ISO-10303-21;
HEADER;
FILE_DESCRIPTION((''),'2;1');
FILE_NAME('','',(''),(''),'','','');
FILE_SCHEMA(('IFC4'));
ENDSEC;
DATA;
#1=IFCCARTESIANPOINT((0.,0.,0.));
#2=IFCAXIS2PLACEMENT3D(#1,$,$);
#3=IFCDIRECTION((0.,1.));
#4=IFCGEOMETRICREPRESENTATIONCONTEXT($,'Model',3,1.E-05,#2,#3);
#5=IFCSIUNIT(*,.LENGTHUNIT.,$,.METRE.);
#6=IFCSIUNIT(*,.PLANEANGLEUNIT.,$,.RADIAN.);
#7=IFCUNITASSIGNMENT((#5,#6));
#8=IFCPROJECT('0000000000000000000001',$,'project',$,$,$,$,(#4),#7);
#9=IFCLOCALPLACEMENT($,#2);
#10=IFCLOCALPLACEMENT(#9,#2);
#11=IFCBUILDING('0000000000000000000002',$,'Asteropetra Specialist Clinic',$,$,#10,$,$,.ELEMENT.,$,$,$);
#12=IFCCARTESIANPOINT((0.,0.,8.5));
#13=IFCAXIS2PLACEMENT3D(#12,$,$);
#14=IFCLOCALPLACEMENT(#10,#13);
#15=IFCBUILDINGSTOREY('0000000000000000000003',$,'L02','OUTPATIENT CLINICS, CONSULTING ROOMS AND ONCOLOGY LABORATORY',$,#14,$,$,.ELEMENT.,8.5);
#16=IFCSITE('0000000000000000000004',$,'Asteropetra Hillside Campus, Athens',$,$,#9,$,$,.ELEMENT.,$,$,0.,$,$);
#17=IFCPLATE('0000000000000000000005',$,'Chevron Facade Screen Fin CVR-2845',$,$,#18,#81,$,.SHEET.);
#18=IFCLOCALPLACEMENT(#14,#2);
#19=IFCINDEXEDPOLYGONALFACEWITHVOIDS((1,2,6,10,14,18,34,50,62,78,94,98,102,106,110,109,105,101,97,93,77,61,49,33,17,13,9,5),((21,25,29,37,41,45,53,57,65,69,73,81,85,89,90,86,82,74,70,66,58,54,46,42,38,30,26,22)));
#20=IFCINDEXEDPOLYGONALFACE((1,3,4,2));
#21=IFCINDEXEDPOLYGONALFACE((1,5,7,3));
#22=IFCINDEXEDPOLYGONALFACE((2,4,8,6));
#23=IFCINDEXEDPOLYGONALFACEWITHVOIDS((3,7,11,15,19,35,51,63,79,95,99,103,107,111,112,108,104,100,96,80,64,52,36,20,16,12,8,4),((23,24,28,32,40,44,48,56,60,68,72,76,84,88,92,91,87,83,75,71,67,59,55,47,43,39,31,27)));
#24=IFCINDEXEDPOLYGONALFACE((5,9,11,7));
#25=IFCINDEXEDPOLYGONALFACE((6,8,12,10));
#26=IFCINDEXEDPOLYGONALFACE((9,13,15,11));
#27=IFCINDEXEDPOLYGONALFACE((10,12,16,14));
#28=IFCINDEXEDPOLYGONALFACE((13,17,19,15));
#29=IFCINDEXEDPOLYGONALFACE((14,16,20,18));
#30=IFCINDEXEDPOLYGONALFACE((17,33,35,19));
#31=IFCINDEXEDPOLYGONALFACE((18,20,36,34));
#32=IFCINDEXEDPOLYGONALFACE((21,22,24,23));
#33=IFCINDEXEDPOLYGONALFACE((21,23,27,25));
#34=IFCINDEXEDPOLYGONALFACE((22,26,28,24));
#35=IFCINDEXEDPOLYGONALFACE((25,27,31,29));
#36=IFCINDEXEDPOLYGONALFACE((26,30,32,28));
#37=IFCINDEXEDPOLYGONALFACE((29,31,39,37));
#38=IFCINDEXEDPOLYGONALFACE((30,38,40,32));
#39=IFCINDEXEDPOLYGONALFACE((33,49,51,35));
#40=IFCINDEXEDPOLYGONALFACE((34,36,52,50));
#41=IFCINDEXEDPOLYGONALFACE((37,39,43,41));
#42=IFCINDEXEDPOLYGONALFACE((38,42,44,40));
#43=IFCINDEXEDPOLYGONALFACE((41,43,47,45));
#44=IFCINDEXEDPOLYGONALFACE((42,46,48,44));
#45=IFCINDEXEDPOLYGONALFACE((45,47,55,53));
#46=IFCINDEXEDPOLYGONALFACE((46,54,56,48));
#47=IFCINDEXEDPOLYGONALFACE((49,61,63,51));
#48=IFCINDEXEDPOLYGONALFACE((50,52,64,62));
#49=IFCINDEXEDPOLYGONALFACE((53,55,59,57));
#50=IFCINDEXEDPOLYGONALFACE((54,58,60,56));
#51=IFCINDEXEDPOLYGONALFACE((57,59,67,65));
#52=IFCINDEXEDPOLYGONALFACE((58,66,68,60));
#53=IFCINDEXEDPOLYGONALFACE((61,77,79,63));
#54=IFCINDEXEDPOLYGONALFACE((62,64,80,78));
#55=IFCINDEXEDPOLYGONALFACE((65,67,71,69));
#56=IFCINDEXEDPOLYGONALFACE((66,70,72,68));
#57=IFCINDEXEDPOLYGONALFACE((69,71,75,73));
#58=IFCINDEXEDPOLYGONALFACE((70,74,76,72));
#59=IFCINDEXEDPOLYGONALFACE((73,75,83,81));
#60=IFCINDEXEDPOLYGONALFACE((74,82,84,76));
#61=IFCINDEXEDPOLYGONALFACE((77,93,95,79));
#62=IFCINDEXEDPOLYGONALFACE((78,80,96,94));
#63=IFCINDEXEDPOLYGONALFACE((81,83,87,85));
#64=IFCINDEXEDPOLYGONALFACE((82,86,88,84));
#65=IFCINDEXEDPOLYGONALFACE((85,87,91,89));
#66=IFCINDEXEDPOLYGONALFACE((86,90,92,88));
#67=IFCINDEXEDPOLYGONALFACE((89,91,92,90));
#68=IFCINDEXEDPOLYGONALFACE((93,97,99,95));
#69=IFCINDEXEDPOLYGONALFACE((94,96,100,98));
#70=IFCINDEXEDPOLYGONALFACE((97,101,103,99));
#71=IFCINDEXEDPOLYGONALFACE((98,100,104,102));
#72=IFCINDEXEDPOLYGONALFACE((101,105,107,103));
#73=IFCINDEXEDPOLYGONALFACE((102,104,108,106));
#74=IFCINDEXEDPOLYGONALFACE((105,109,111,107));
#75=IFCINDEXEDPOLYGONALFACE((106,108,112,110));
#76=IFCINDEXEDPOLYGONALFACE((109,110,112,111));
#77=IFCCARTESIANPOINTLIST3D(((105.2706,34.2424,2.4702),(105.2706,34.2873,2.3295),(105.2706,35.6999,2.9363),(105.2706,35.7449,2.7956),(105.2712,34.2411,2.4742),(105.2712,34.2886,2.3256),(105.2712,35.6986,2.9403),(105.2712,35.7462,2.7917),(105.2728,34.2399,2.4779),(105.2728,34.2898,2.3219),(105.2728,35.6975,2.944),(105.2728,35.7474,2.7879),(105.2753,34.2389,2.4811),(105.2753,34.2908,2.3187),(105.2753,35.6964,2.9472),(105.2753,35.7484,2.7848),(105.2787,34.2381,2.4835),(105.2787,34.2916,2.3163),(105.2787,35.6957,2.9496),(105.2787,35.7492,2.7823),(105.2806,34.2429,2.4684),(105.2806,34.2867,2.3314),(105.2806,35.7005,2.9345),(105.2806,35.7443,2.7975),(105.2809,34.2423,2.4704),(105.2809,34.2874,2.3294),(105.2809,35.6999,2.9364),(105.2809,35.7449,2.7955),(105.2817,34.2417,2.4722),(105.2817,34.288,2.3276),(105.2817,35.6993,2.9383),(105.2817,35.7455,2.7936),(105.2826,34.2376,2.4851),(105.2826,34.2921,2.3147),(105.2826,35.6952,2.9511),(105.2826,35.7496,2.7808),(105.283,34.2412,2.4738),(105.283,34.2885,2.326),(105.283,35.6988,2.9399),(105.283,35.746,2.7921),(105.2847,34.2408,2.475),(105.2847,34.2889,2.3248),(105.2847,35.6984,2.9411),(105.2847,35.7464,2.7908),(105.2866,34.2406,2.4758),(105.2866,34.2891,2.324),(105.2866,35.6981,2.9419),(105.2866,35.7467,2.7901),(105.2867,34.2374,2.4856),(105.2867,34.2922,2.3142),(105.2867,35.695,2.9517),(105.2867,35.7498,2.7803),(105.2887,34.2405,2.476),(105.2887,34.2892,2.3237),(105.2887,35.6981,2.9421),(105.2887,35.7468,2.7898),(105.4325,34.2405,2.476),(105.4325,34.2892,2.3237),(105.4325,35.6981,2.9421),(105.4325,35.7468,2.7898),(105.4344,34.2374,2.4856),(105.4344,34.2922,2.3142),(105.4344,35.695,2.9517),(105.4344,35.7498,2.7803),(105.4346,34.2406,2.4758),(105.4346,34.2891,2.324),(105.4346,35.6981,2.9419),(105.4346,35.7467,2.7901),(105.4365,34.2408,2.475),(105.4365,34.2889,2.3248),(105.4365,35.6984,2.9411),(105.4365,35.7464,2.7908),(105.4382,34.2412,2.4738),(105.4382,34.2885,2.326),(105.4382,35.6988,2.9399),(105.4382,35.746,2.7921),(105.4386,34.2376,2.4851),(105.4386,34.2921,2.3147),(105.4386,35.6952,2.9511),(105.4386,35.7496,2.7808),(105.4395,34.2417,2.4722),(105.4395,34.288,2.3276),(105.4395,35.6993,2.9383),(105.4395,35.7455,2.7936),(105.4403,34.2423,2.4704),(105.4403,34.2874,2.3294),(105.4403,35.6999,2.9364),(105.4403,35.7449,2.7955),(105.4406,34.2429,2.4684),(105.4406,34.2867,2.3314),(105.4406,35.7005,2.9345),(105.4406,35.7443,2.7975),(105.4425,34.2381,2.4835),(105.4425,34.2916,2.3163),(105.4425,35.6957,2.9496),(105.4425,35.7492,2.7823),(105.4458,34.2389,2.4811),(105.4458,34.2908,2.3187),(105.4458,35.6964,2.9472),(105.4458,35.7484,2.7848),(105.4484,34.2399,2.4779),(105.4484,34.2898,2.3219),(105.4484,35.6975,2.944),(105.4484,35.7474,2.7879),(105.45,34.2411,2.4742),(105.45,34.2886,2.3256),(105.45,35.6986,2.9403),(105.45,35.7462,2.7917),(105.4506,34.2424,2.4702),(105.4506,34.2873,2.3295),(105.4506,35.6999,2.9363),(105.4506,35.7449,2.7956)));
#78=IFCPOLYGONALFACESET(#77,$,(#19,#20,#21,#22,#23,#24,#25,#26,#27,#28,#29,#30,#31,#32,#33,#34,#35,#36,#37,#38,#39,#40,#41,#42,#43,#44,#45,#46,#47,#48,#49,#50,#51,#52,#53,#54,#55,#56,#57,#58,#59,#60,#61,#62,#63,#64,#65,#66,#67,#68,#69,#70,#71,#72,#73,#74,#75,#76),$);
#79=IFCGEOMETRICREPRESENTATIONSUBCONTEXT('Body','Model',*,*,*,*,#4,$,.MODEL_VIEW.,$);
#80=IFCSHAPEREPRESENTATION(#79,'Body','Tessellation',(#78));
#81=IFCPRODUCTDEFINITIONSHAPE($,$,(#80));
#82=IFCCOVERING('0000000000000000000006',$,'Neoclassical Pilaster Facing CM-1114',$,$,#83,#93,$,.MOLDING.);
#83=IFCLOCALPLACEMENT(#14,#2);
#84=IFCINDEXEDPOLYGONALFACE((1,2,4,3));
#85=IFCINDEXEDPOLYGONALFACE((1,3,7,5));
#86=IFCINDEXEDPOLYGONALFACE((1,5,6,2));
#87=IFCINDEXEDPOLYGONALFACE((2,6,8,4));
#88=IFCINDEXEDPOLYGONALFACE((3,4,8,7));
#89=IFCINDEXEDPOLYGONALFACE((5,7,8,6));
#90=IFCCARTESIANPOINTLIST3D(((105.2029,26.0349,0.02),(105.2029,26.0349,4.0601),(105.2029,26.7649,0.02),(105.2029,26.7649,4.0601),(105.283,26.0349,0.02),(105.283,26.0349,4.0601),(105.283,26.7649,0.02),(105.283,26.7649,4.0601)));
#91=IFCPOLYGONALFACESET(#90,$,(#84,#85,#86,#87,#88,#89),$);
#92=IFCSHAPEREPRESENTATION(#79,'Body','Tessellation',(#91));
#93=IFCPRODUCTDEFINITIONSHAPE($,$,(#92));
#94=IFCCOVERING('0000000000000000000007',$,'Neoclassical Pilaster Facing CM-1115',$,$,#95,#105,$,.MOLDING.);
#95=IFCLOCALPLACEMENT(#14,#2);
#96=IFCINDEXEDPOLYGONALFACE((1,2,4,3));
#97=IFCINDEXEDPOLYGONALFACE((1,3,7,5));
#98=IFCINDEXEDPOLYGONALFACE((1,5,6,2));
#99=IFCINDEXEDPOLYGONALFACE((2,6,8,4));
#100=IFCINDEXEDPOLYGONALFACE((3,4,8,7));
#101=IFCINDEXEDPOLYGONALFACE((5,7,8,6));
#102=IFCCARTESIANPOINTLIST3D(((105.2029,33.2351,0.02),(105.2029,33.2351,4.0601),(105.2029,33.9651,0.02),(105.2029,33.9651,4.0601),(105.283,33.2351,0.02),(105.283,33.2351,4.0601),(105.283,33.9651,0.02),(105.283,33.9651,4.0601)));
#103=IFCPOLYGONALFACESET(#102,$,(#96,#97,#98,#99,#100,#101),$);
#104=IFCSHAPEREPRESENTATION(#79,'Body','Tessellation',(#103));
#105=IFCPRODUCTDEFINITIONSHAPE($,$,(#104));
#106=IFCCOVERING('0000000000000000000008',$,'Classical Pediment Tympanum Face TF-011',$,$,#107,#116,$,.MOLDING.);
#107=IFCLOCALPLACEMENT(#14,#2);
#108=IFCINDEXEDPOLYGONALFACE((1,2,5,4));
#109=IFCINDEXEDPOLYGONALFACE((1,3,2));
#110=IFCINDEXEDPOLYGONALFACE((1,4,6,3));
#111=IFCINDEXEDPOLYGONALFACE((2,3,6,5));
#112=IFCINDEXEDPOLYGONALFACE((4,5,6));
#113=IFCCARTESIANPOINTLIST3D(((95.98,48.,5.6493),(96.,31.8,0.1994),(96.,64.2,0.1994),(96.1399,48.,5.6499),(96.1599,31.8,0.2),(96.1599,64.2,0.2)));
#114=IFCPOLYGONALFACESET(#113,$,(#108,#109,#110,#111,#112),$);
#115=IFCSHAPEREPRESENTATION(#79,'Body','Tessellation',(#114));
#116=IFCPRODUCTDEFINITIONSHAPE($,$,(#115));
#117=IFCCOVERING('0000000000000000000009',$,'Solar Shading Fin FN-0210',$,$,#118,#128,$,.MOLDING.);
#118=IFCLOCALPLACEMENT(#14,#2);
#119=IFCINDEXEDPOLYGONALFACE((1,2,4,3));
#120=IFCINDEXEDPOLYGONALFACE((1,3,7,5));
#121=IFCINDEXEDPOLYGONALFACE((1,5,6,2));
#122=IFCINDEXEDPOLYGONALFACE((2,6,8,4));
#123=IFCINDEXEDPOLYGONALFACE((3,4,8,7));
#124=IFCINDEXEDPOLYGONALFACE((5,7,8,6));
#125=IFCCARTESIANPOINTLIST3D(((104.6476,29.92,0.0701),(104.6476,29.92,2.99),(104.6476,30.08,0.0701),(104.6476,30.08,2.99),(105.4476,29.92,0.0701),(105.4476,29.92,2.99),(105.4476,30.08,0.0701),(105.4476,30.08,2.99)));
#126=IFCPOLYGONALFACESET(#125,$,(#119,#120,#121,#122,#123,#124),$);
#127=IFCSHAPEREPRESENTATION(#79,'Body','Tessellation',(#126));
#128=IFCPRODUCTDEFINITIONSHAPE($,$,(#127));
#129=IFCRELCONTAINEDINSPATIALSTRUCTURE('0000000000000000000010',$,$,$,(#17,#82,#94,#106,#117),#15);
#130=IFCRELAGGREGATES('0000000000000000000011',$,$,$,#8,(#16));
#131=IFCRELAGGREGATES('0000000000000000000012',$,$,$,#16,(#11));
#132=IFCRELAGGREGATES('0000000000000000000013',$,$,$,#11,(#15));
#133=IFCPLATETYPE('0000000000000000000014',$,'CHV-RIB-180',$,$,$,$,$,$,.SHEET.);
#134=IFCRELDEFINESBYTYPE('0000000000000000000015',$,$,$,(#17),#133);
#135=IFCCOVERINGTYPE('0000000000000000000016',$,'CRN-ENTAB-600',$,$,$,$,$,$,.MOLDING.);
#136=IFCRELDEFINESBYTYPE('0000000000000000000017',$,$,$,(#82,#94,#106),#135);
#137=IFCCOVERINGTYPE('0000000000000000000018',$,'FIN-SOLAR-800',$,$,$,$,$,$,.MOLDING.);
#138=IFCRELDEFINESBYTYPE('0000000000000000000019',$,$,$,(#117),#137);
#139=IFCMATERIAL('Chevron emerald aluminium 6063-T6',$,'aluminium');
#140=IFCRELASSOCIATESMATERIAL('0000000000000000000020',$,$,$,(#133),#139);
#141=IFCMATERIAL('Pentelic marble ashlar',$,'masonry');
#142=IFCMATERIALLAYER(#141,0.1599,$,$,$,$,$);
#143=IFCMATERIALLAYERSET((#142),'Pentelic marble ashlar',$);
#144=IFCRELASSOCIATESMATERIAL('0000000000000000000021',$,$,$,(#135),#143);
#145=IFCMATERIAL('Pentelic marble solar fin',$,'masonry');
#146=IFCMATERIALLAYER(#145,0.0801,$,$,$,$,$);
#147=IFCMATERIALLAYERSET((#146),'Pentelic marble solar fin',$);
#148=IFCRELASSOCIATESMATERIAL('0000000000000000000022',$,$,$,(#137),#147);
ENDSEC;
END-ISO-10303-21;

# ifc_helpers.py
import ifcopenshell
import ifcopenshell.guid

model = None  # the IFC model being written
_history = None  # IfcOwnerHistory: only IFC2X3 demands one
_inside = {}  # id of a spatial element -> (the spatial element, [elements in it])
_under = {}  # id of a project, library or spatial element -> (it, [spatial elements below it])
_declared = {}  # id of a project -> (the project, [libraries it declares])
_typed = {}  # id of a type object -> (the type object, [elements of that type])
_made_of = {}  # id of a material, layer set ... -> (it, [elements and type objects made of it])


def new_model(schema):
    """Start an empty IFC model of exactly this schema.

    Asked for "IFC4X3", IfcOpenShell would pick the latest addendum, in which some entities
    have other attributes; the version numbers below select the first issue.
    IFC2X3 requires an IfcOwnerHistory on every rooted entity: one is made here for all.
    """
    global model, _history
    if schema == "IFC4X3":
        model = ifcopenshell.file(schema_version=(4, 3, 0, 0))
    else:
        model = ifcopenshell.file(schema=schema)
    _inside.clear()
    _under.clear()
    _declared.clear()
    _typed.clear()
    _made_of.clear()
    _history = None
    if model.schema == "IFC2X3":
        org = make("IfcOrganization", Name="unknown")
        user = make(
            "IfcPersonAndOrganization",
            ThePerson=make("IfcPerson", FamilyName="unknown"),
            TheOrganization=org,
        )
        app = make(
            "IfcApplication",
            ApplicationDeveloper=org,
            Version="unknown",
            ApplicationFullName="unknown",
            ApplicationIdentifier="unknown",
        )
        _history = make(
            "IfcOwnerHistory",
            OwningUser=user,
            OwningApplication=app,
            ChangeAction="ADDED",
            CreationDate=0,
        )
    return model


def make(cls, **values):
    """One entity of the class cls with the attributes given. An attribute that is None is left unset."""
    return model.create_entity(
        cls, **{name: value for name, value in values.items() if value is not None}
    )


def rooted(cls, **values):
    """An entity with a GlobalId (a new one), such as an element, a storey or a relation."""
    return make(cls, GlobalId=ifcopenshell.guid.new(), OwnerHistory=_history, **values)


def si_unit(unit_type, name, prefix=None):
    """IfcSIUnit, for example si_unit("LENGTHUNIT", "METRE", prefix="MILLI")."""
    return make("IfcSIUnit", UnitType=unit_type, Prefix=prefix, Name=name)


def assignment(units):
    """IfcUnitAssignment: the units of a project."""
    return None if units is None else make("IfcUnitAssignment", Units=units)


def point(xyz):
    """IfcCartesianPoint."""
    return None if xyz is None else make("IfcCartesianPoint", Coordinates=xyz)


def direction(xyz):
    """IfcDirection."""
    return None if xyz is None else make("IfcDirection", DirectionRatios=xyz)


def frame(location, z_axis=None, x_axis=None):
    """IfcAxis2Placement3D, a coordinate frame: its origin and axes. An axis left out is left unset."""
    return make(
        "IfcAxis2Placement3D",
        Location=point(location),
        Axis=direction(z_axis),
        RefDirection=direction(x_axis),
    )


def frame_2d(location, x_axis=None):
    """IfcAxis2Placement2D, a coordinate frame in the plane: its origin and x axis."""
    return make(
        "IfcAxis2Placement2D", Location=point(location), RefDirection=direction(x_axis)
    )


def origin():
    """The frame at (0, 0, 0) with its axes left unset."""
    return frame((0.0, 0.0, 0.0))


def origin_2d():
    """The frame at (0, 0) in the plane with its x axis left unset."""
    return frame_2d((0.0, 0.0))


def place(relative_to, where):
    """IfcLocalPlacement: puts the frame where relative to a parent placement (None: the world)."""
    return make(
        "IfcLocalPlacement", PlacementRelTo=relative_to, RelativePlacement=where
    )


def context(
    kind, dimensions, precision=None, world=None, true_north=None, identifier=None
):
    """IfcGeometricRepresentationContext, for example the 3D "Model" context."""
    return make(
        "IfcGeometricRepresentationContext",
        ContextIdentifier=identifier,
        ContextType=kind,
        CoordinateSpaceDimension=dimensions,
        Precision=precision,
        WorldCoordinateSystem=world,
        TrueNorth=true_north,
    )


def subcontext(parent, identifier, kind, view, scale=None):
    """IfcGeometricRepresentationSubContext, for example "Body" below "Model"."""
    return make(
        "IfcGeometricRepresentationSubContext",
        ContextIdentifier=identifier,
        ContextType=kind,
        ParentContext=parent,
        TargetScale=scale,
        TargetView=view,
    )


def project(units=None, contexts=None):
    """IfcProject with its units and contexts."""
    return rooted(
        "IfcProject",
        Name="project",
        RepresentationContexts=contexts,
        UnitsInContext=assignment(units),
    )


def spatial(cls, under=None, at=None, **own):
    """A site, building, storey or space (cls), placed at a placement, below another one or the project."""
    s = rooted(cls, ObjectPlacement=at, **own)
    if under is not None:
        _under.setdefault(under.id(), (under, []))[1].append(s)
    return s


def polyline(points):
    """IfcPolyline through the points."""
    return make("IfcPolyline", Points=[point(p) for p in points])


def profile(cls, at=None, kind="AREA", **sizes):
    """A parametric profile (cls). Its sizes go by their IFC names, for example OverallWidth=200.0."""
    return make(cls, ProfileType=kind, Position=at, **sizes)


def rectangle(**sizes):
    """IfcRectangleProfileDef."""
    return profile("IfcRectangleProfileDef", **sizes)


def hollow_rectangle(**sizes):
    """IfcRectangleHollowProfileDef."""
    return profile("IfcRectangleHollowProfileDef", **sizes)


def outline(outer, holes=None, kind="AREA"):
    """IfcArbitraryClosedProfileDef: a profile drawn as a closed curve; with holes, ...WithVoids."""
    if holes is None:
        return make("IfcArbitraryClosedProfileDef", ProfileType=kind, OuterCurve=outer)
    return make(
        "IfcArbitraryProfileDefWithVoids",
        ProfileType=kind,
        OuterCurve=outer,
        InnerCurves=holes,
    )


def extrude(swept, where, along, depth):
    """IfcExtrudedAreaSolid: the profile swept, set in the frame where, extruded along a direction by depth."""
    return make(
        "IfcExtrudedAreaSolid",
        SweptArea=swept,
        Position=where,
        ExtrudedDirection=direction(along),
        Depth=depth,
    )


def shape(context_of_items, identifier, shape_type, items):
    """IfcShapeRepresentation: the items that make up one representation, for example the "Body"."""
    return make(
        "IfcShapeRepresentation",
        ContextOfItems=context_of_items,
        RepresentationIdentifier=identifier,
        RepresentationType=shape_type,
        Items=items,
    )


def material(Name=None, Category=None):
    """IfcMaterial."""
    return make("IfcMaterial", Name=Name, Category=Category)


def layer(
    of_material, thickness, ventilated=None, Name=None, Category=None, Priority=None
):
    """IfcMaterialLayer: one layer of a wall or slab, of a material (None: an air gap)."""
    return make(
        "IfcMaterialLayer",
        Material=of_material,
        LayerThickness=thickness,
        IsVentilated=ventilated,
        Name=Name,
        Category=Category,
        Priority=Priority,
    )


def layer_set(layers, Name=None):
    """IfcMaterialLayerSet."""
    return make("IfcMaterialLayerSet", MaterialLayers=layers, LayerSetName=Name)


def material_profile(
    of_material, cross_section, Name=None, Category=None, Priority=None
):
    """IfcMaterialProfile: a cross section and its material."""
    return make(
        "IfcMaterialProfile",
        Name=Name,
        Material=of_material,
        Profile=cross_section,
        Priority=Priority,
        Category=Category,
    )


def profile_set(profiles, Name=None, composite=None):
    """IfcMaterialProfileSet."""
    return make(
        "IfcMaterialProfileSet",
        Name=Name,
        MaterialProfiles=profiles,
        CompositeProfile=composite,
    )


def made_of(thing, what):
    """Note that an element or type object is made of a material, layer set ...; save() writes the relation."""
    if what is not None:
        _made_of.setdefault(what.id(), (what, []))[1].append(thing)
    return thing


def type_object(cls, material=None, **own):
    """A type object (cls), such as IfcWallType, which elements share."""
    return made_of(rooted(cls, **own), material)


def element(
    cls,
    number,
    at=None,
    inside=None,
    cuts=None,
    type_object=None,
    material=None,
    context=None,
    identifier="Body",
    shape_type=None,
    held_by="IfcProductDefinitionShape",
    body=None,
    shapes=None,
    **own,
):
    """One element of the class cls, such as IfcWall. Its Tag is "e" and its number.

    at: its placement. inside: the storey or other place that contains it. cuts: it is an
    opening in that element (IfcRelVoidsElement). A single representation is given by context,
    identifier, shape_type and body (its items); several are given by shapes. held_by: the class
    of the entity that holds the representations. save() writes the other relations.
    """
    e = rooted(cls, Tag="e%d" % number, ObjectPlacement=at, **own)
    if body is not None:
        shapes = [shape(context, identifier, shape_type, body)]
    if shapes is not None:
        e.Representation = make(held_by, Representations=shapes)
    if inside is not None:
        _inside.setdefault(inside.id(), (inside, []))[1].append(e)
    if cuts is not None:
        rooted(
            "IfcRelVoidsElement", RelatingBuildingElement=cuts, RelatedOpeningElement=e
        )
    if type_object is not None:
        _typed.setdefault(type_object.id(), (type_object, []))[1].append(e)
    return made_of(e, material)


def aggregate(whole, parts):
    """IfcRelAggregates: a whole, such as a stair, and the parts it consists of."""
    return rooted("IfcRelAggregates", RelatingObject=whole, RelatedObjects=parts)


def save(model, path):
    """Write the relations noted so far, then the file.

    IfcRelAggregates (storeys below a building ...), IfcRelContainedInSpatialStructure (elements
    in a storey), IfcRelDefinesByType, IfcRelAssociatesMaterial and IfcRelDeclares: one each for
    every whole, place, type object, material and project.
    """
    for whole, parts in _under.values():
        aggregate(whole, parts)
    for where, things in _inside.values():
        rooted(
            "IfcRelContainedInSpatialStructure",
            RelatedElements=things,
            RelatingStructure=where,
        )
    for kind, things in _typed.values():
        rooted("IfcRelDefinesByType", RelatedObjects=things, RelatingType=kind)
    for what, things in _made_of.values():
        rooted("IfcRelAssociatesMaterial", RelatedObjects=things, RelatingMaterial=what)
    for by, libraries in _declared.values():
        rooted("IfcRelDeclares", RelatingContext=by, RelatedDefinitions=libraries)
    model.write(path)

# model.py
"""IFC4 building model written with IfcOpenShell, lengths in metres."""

from ifc_helpers import new_model, si_unit, direction, frame, origin, origin_2d, place, context, subcontext, project, spatial, polyline, rectangle, hollow_rectangle, outline, extrude, material, layer, layer_set, material_profile, profile_set, type_object, element, save


model = new_model("IFC4")

# Units and contexts
model_context = context("Model", 3, precision=1e-05, world=origin(), true_north=direction((0.0, 1.0)))
body_context = subcontext(model_context, "Body", "Model", "MODEL_VIEW")
ifc_project = project(units=[si_unit("LENGTHUNIT", "METRE"), si_unit("PLANEANGLEUNIT", "RADIAN")], contexts=[model_context])

# Site, building, storey
site_placement = place(None, origin())
site = spatial("IfcSite", under=ifc_project, at=site_placement, Name="Asteropetra Hillside Campus, Athens", CompositionType="ELEMENT", RefElevation=0.0)
building_placement = place(site_placement, origin())
building = spatial("IfcBuilding", under=site, at=building_placement, Name="Asteropetra Specialist Clinic", CompositionType="ELEMENT")
storey_placement = place(building_placement, frame((0.0, 0.0, 8.5)))
storey = spatial("IfcBuildingStorey", under=building, at=storey_placement, Name="L02", Description="OUTPATIENT CLINICS, CONSULTING ROOMS AND ONCOLOGY LABORATORY", CompositionType="ELEMENT", Elevation=8.5)

# Plate
ifc_material_1 = material(Name="Chevron emerald aluminium 6063-T6", Category="aluminium")
ifc_material_profile = material_profile(ifc_material_1, hollow_rectangle(XDim=0.1799, YDim=0.1799, WallThickness=0.01, InnerFilletRadius=0.0081, OuterFilletRadius=0.0161, at=origin_2d()), Name="SHS 180x180x10.0")
ifc_profile_set = profile_set([ifc_material_profile], Name="Chevron emerald aluminium 6063-T6")
plate_type = type_object("IfcPlateType", Name="CHV-RIB-180", PredefinedType="SHEET", material=ifc_profile_set)
plate_placement = place(storey_placement, frame((105.3606, 35.7224, 2.866), z_axis=(0.0, -0.952489, -0.304573), x_axis=(1.0, 0.0, 0.0)))
element("IfcPlate", 1, at=plate_placement, inside=storey, type_object=plate_type, Name="Chevron Facade Screen Fin CVR-2845", PredefinedType="SHEET", context=body_context, shape_type="SweptSolid", body=[
    extrude(hollow_rectangle(XDim=0.1799, YDim=0.1799, WallThickness=0.01, InnerFilletRadius=0.0081, OuterFilletRadius=0.0161, at=origin_2d()), origin(), (0.0, 0.0, 1.0), 1.5303),
])

# Coverings
ifc_material_2 = material(Name="Pentelic marble ashlar", Category="masonry")
ifc_layer_1 = layer(ifc_material_2, 0.1599)
ifc_layer_set_1 = layer_set([ifc_layer_1], Name="Pentelic marble ashlar")
covering_type_1 = type_object("IfcCoveringType", Name="CRN-ENTAB-600", PredefinedType="MOLDING", material=ifc_layer_set_1)
for number, where, z_axis, x_axis, name in (
    (2, (105.2429, 26.3999, 0.02), (0.0, 0.0, 1.0), (1.0, 0.0, 0.0), "Neoclassical Pilaster Facing CM-1114"),
    (3, (105.2429, 33.6001, 0.02), (0.0, 0.0, 1.0), (1.0, 0.0, 0.0), "Neoclassical Pilaster Facing CM-1115"),
):
    element("IfcCovering", number, at=place(storey_placement, frame(where, z_axis=z_axis, x_axis=x_axis)), inside=storey, type_object=covering_type_1, Name=name, PredefinedType="MOLDING", context=body_context, shape_type="SweptSolid", body=[
        extrude(rectangle(XDim=0.0801, YDim=0.73, at=origin_2d()), origin(), (0.0, 0.0, 1.0), 4.04),
    ])
covering_1_placement = place(storey_placement, frame((96.1599, 31.8, 0.2), z_axis=(0.999993, 0.0, 0.003673), x_axis=(0.0, 1.0, 0.0)))
element("IfcCovering", 4, at=covering_1_placement, inside=storey, type_object=covering_type_1, Name="Classical Pediment Tympanum Face TF-011", PredefinedType="MOLDING", context=body_context, shape_type="SweptSolid", body=[
    extrude(outline(polyline([(0.0, 0.0), (32.3999, 0.0), (16.2, 5.45), (0.0, 0.0)])), origin(), (0.0, 0.0, -1.0), 0.1599),
])
ifc_material_3 = material(Name="Pentelic marble solar fin", Category="masonry")
ifc_layer_2 = layer(ifc_material_3, 0.0801)
ifc_layer_set_2 = layer_set([ifc_layer_2], Name="Pentelic marble solar fin")
covering_type_2 = type_object("IfcCoveringType", Name="FIN-SOLAR-800", PredefinedType="MOLDING", material=ifc_layer_set_2)
covering_2_placement = place(storey_placement, frame((105.0476, 30.0, 0.0701), z_axis=(0.0, 0.0, 1.0), x_axis=(1.0, 0.0, 0.0)))
element("IfcCovering", 5, at=covering_2_placement, inside=storey, type_object=covering_type_2, Name="Solar Shading Fin FN-0210", PredefinedType="MOLDING", context=body_context, shape_type="SweptSolid", body=[
    extrude(rectangle(XDim=0.8, YDim=0.1599, at=origin_2d()), origin(), (0.0, 0.0, 1.0), 2.9199),
])

save(model, "model.ifc")
